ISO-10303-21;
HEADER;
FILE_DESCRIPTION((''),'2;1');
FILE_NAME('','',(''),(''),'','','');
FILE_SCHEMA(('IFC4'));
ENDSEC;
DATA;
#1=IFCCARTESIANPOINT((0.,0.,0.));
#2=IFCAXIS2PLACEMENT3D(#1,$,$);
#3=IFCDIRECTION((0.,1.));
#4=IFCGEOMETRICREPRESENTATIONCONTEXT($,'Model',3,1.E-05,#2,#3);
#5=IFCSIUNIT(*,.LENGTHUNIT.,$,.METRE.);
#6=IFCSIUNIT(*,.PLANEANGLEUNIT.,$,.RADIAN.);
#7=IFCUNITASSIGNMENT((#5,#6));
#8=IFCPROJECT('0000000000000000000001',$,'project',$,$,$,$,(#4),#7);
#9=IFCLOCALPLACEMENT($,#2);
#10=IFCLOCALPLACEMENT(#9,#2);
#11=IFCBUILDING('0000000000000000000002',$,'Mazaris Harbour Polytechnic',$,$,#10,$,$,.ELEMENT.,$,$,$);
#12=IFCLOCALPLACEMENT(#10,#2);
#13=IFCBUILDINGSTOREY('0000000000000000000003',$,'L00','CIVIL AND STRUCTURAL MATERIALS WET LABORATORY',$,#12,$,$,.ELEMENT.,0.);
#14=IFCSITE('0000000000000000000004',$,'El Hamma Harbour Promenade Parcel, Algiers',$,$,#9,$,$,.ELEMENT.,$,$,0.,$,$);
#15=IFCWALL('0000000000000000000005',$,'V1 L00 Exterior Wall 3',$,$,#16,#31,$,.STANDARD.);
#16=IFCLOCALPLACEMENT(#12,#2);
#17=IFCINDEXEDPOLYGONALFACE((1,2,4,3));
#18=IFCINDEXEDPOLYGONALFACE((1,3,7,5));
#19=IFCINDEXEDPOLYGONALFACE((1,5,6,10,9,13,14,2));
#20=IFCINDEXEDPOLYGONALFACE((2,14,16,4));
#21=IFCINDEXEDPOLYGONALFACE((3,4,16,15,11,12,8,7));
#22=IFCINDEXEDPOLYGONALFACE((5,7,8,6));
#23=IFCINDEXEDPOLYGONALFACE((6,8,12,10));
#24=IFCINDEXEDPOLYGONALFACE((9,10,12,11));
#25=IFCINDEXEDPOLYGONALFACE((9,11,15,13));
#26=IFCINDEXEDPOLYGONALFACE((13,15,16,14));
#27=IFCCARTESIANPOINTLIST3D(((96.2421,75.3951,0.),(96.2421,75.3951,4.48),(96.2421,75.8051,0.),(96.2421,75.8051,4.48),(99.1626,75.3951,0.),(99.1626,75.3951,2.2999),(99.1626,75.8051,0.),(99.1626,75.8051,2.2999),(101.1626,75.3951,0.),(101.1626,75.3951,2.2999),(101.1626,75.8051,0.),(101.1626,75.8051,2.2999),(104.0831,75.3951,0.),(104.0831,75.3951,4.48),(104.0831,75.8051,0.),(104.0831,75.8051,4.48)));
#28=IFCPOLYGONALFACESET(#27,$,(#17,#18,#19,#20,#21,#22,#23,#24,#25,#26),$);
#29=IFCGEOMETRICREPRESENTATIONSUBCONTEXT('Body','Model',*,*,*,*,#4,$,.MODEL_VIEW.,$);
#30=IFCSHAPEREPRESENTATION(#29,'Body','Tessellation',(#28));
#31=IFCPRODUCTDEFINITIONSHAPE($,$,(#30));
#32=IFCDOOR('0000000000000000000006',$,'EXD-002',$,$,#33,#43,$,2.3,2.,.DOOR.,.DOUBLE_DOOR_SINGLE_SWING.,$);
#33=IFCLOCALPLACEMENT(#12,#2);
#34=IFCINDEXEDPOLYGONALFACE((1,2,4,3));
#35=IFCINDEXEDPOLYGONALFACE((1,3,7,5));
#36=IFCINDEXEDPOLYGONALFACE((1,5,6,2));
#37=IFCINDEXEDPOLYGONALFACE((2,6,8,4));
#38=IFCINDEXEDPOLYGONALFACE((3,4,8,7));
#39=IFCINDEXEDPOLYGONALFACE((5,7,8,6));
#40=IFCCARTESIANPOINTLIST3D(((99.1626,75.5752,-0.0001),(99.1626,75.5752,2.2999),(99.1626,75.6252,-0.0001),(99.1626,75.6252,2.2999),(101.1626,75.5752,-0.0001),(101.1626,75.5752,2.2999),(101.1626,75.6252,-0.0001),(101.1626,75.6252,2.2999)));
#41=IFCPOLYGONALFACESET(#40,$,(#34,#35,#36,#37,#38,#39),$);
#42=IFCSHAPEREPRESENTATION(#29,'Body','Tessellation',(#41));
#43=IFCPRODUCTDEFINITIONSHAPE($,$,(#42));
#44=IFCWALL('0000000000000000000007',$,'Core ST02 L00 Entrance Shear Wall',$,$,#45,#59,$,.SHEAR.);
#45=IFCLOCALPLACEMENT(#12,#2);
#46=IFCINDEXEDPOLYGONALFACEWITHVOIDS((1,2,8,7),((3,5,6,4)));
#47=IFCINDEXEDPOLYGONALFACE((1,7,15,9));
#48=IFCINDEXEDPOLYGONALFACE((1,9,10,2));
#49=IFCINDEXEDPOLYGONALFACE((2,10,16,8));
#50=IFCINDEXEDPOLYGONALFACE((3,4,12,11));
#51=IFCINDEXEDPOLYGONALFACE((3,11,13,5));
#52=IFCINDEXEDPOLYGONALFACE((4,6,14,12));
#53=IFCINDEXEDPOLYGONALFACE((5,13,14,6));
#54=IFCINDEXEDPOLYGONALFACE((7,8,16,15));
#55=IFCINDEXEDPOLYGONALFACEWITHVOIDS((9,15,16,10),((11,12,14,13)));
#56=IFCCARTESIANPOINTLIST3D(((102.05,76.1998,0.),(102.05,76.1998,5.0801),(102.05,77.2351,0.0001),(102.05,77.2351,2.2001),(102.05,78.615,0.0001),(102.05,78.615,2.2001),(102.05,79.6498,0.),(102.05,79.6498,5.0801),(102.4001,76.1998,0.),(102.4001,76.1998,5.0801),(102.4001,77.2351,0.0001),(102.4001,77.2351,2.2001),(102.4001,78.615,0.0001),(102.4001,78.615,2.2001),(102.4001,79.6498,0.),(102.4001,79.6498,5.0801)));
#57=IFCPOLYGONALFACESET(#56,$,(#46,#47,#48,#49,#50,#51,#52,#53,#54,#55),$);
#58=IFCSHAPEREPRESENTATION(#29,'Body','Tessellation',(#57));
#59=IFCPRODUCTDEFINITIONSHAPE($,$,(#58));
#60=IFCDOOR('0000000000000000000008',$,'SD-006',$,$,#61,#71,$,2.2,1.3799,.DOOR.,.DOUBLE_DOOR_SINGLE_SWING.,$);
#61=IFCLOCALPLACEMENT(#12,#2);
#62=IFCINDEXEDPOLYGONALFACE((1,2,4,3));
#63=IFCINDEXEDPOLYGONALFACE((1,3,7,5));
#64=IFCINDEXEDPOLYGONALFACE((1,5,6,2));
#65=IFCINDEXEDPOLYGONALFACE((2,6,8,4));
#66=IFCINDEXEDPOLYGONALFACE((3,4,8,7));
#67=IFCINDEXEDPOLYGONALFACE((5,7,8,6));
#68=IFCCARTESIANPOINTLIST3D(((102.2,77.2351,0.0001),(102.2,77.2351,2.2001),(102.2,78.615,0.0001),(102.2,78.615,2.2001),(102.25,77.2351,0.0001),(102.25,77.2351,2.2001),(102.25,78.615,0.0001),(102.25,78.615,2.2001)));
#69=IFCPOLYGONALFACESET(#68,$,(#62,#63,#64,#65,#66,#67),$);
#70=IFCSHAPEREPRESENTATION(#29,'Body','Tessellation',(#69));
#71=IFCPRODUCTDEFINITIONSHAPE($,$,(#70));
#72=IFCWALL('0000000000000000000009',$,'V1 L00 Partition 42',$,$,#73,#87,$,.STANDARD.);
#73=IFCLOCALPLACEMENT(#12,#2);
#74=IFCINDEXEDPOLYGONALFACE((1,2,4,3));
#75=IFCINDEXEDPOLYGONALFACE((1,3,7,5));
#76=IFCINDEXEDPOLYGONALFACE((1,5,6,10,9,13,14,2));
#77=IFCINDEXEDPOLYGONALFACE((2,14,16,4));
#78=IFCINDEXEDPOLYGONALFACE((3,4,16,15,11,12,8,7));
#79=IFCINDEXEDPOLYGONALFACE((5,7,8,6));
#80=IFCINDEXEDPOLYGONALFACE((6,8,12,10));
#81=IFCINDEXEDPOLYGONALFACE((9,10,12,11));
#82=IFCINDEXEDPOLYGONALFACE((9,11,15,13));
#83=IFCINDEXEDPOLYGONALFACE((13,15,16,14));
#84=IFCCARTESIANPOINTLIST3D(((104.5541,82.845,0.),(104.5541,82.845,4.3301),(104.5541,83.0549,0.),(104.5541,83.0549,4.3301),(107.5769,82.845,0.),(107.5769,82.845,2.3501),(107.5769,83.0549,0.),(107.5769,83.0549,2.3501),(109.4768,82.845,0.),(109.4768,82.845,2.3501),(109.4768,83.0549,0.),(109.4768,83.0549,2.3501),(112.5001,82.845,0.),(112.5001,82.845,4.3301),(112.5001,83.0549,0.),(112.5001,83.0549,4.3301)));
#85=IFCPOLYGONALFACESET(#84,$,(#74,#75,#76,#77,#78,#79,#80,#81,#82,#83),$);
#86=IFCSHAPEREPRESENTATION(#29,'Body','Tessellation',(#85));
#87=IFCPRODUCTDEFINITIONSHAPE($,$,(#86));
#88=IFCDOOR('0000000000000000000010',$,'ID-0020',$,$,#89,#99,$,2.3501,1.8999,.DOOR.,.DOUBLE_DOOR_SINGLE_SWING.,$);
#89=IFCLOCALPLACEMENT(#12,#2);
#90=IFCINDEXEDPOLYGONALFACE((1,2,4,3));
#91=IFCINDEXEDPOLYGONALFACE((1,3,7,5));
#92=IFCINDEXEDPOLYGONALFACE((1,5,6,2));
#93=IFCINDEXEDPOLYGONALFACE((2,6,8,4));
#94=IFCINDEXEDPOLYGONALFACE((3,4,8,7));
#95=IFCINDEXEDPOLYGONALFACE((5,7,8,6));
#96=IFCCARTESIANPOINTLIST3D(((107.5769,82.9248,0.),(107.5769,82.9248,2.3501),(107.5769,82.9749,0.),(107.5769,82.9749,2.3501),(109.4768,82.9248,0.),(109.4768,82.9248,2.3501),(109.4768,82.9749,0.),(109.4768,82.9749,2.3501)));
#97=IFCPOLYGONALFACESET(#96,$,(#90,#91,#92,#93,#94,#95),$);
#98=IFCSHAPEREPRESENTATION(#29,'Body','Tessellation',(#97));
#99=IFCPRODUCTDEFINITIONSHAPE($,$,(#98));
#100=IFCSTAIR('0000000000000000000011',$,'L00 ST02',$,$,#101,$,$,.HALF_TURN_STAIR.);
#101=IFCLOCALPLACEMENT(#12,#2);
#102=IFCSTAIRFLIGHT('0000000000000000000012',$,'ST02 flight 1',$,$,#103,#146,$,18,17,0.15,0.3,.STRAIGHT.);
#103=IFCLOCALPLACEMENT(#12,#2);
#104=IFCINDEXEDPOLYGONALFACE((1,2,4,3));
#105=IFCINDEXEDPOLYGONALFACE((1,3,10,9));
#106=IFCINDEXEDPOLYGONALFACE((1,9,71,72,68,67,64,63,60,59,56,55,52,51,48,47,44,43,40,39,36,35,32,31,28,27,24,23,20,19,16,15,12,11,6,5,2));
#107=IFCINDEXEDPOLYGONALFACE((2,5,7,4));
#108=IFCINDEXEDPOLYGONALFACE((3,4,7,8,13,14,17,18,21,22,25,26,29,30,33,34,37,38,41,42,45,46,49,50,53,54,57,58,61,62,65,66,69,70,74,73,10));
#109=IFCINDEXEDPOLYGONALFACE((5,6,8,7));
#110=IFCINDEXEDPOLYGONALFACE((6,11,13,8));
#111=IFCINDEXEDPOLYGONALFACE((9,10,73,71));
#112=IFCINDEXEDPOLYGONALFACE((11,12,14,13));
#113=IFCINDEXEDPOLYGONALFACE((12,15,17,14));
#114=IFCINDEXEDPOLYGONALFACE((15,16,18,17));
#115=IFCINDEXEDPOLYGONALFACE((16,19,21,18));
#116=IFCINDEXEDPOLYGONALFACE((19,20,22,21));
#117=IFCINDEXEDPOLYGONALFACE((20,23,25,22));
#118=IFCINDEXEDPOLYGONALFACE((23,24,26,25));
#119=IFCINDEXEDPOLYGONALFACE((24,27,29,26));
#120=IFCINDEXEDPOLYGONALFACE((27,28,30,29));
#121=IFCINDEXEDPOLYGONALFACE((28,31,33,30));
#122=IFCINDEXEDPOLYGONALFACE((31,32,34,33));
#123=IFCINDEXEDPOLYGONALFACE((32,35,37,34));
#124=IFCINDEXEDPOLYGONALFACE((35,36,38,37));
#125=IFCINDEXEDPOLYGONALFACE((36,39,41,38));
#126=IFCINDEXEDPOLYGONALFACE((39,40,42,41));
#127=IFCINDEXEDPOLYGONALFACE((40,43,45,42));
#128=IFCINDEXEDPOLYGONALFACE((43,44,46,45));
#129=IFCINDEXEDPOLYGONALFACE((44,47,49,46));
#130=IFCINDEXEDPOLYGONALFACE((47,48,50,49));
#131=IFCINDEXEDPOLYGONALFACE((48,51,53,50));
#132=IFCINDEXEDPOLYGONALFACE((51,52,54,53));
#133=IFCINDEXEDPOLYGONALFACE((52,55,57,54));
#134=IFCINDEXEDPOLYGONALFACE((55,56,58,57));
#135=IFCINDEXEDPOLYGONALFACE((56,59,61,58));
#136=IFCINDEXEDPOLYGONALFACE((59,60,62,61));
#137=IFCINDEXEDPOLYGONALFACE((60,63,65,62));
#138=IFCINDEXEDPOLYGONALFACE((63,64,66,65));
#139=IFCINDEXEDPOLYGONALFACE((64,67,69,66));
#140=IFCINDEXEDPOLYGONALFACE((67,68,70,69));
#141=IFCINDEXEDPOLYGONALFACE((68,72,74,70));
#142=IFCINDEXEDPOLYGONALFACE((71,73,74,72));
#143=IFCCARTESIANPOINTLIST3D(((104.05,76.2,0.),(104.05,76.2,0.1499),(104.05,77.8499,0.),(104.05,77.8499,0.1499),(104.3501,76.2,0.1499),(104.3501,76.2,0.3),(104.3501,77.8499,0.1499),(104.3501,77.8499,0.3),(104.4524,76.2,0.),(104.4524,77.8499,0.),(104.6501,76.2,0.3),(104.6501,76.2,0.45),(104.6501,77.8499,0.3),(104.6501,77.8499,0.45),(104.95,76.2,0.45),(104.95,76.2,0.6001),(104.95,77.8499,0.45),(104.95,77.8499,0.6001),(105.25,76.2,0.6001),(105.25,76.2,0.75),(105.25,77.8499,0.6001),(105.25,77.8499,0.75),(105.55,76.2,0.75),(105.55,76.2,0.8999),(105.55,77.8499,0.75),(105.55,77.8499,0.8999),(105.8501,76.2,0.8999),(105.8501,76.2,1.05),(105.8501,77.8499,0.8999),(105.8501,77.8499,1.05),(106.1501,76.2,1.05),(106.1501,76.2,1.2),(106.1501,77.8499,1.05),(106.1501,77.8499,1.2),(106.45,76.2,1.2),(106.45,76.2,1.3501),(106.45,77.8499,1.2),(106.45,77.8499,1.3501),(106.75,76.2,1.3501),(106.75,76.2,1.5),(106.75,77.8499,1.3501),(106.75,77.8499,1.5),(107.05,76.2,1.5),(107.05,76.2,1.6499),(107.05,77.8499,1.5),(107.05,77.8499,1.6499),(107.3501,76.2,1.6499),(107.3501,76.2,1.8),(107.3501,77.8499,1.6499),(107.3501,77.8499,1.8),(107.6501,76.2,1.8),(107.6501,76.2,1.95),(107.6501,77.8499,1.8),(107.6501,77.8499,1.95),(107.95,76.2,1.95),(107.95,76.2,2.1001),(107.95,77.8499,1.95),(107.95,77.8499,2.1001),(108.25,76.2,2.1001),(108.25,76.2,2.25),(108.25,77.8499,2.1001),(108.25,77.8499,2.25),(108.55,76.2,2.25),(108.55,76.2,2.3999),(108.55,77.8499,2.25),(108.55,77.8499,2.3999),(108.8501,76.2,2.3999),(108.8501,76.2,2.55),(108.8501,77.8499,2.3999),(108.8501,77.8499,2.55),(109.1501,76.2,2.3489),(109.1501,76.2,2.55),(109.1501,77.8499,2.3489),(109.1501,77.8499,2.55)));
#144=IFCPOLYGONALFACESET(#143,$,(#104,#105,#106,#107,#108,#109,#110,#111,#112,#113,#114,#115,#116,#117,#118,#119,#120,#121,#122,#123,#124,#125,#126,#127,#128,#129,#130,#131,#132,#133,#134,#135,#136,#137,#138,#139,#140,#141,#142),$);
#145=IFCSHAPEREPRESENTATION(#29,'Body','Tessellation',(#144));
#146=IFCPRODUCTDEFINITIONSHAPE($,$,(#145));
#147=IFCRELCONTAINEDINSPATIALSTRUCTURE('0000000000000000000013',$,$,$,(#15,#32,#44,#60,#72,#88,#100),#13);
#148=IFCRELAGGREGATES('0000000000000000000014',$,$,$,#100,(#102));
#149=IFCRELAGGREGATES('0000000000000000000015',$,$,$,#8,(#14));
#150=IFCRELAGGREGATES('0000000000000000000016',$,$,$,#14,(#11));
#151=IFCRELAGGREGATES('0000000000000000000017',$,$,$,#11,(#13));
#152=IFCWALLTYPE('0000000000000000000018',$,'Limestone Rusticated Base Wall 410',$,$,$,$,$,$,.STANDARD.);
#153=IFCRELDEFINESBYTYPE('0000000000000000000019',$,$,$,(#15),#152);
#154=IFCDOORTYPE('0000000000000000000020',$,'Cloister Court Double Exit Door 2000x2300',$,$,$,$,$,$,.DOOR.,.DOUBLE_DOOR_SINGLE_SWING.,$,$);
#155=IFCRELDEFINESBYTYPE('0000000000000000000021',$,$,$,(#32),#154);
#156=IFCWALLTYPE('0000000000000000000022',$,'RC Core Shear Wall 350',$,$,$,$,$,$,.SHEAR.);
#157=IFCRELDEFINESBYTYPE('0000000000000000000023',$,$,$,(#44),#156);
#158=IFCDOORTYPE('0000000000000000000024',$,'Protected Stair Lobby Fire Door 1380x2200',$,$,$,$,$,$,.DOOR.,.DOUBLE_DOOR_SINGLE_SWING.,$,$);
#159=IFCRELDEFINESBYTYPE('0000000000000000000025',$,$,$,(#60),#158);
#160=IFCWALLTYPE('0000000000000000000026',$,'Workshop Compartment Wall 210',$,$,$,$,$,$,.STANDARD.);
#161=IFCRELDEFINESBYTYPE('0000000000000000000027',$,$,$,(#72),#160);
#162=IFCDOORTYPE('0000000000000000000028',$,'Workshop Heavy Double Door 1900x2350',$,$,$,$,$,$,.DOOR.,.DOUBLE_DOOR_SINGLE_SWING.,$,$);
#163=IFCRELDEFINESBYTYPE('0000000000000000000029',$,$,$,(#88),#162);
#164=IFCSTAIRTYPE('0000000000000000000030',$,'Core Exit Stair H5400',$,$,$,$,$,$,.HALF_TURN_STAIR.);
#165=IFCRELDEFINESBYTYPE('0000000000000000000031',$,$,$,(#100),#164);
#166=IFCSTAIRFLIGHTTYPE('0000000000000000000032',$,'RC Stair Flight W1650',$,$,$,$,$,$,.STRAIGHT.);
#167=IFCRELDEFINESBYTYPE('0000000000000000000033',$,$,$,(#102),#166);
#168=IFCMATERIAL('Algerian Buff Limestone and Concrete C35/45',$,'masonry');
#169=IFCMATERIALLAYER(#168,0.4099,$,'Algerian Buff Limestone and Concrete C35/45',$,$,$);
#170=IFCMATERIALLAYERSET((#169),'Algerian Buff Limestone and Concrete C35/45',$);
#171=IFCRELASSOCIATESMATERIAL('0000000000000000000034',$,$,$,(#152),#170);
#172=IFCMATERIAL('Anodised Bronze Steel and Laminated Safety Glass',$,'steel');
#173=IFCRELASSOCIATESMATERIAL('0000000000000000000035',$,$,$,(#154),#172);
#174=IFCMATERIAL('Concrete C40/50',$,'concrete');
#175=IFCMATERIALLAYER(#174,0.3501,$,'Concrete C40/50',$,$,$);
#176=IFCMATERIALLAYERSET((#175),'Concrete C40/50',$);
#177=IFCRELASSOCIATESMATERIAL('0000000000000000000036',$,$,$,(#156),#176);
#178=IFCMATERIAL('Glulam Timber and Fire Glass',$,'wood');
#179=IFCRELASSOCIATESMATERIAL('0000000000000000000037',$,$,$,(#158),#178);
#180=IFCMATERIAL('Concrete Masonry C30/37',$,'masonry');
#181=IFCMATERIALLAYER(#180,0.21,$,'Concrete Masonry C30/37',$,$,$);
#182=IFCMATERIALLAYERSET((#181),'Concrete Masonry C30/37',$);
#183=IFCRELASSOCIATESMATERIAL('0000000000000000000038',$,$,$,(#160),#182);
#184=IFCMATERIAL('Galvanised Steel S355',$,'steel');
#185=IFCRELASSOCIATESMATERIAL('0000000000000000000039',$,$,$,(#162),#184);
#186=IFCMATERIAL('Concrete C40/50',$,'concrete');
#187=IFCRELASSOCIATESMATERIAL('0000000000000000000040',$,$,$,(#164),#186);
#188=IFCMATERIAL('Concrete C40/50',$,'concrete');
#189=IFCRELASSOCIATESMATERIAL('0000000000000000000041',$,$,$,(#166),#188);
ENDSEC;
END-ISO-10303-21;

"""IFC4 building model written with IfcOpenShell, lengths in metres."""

from ifc_helpers import new_model, si_unit, direction, frame, frame_2d, origin, place, context, subcontext, project, spatial, polyline, rectangle, outline, extrude, material, layer, layer_set, type_object, element, fill, aggregate, save


model = new_model("IFC4")

# Units and contexts
model_context = context("Model", 3, precision=1e-05, world=origin(), true_north=direction((0.0, 1.0)))
body_context = subcontext(model_context, "Body", "Model", "MODEL_VIEW")
ifc_project = project(units=[si_unit("LENGTHUNIT", "METRE"), si_unit("PLANEANGLEUNIT", "RADIAN")], contexts=[model_context])

# Site, building, storey
site_placement = place(None, origin())
site = spatial("IfcSite", under=ifc_project, at=site_placement, Name="El Hamma Harbour Promenade Parcel, Algiers", CompositionType="ELEMENT", RefElevation=0.0)
building_placement = place(site_placement, origin())
building = spatial("IfcBuilding", under=site, at=building_placement, Name="Mazaris Harbour Polytechnic", CompositionType="ELEMENT")
storey_placement = place(building_placement, origin())
storey = spatial("IfcBuildingStorey", under=building, at=storey_placement, Name="L00", Description="CIVIL AND STRUCTURAL MATERIALS WET LABORATORY", CompositionType="ELEMENT", Elevation=0.0)

# Walls, openings, doors
ifc_material_1 = material(Name="Algerian Buff Limestone and Concrete C35/45", Category="masonry")
ifc_layer_1 = layer(ifc_material_1, 0.4099, Name="Algerian Buff Limestone and Concrete C35/45")
ifc_layer_set_1 = layer_set([ifc_layer_1], Name="Algerian Buff Limestone and Concrete C35/45")
wall_type_1 = type_object("IfcWallType", Name="Limestone Rusticated Base Wall 410", PredefinedType="STANDARD", material=ifc_layer_set_1)
wall_1_placement = place(storey_placement, frame((104.083, 75.6001, 0.0), z_axis=(0.0, 0.0, 1.0), x_axis=(-1.0, 0.0, 0.0)))
wall_1 = element("IfcWall", 1, at=wall_1_placement, inside=storey, type_object=wall_type_1, Name="V1 L00 Exterior Wall 3", PredefinedType="STANDARD", context=body_context, shape_type="SweptSolid", body=[
    extrude(rectangle(XDim=7.8411, YDim=0.4099, at=frame_2d((3.9204, 0.0))), origin(), (0.0, 0.0, 1.0), 4.48),
])
opening_1_placement = place(wall_1_placement, frame((2.9204, 0.0, 0.0)))
opening_1 = element("IfcOpeningElement", 2, at=opening_1_placement, cuts=wall_1, PredefinedType="OPENING", context=body_context, shape_type="SweptSolid", body=[
    extrude(rectangle(XDim=2.0, YDim=2.3, at=frame_2d((1.0, 1.1499))), frame((0.0, 0.2148, 0.0), z_axis=(0.0, -1.0, 0.0), x_axis=(1.0, 0.0, 0.0)), (0.0, 0.0, 1.0), 0.4299),
])
ifc_material_2 = material(Name="Anodised Bronze Steel and Laminated Safety Glass", Category="steel")
door_type_1 = type_object("IfcDoorType", Name="Cloister Court Double Exit Door 2000x2300", OperationType="DOUBLE_DOOR_SINGLE_SWING", PredefinedType="DOOR", material=ifc_material_2)
door_1_placement = place(opening_1_placement, origin())
door_1 = element("IfcDoor", 3, at=door_1_placement, inside=storey, type_object=door_type_1, Name="EXD-002", OperationType="DOUBLE_DOOR_SINGLE_SWING", OverallHeight=2.3, OverallWidth=2.0, PredefinedType="DOOR", context=body_context, shape_type="SweptSolid", body=[
    extrude(rectangle(XDim=2.0, YDim=2.3, at=frame_2d((1.0, 1.1499))), frame((0.0, 0.0249, 0.0), z_axis=(0.0, -1.0, 0.0), x_axis=(1.0, 0.0, 0.0)), (0.0, 0.0, 1.0), 0.05),
])
fill(opening_1, door_1)
ifc_material_3 = material(Name="Concrete C40/50", Category="concrete")
ifc_layer_2 = layer(ifc_material_3, 0.3501, Name="Concrete C40/50")
ifc_layer_set_2 = layer_set([ifc_layer_2], Name="Concrete C40/50")
wall_type_2 = type_object("IfcWallType", Name="RC Core Shear Wall 350", PredefinedType="SHEAR", material=ifc_layer_set_2)
wall_2_placement = place(storey_placement, frame((102.2251, 79.6499, 0.0), z_axis=(0.0, 0.0, 1.0), x_axis=(0.0, -1.0, 0.0)))
wall_2 = element("IfcWall", 4, at=wall_2_placement, inside=storey, type_object=wall_type_2, Name="Core ST02 L00 Entrance Shear Wall", PredefinedType="SHEAR", context=body_context, shape_type="SweptSolid", body=[
    extrude(rectangle(XDim=3.45, YDim=0.3501, at=frame_2d((1.7251, 0.0))), origin(), (0.0, 0.0, 1.0), 5.0801),
])
opening_2_placement = place(wall_2_placement, frame((1.0349, 0.0, 0.0)))
opening_2 = element("IfcOpeningElement", 5, at=opening_2_placement, cuts=wall_2, PredefinedType="OPENING", context=body_context, shape_type="SweptSolid", body=[
    extrude(rectangle(XDim=1.3799, YDim=2.2, at=frame_2d((0.6899, 1.1001))), frame((0.0, 0.1851, 0.0), z_axis=(0.0, -1.0, 0.0), x_axis=(1.0, 0.0, 0.0)), (0.0, 0.0, 1.0), 0.3701),
])
ifc_material_4 = material(Name="Glulam Timber and Fire Glass", Category="wood")
door_type_2 = type_object("IfcDoorType", Name="Protected Stair Lobby Fire Door 1380x2200", OperationType="DOUBLE_DOOR_SINGLE_SWING", PredefinedType="DOOR", material=ifc_material_4)
door_2_placement = place(opening_2_placement, origin())
door_2 = element("IfcDoor", 6, at=door_2_placement, inside=storey, type_object=door_type_2, Name="SD-006", OperationType="DOUBLE_DOOR_SINGLE_SWING", OverallHeight=2.2, OverallWidth=1.3799, PredefinedType="DOOR", context=body_context, shape_type="SweptSolid", body=[
    extrude(rectangle(XDim=1.3799, YDim=2.2, at=frame_2d((0.6899, 1.1001))), frame((0.0, 0.0249, 0.0), z_axis=(0.0, -1.0, 0.0), x_axis=(1.0, 0.0, 0.0)), (0.0, 0.0, 1.0), 0.05),
])
fill(opening_2, door_2)
ifc_material_5 = material(Name="Concrete Masonry C30/37", Category="masonry")
ifc_layer_3 = layer(ifc_material_5, 0.21, Name="Concrete Masonry C30/37")
ifc_layer_set_3 = layer_set([ifc_layer_3], Name="Concrete Masonry C30/37")
wall_type_3 = type_object("IfcWallType", Name="Workshop Compartment Wall 210", PredefinedType="STANDARD", material=ifc_layer_set_3)
wall_3_placement = place(storey_placement, frame((104.554, 82.95, 0.0), z_axis=(0.0, 0.0, 1.0), x_axis=(1.0, 0.0, 0.0)))
wall_3 = element("IfcWall", 7, at=wall_3_placement, inside=storey, type_object=wall_type_3, Name="V1 L00 Partition 42", PredefinedType="STANDARD", context=body_context, shape_type="SweptSolid", body=[
    extrude(rectangle(XDim=7.946, YDim=0.21, at=frame_2d((3.9731, 0.0))), origin(), (0.0, 0.0, 1.0), 4.3301),
])
opening_3_placement = place(wall_3_placement, frame((3.0229, 0.0, 0.0)))
opening_3 = element("IfcOpeningElement", 8, at=opening_3_placement, cuts=wall_3, PredefinedType="OPENING", context=body_context, shape_type="SweptSolid", body=[
    extrude(rectangle(XDim=1.8999, YDim=2.3501, at=frame_2d((0.95, 1.175))), frame((0.0, 0.115, 0.0), z_axis=(0.0, -1.0, 0.0), x_axis=(1.0, 0.0, 0.0)), (0.0, 0.0, 1.0), 0.23),
])
ifc_material_6 = material(Name="Galvanised Steel S355", Category="steel")
door_type_3 = type_object("IfcDoorType", Name="Workshop Heavy Double Door 1900x2350", OperationType="DOUBLE_DOOR_SINGLE_SWING", PredefinedType="DOOR", material=ifc_material_6)
door_3_placement = place(opening_3_placement, origin())
door_3 = element("IfcDoor", 9, at=door_3_placement, inside=storey, type_object=door_type_3, Name="ID-0020", OperationType="DOUBLE_DOOR_SINGLE_SWING", OverallHeight=2.3501, OverallWidth=1.8999, PredefinedType="DOOR", context=body_context, shape_type="SweptSolid", body=[
    extrude(rectangle(XDim=1.8999, YDim=2.3501, at=frame_2d((0.95, 1.175))), frame((0.0, 0.0249, 0.0), z_axis=(0.0, -1.0, 0.0), x_axis=(1.0, 0.0, 0.0)), (0.0, 0.0, 1.0), 0.05),
])
fill(opening_3, door_3)

# Stair, stair flight
ifc_material_7 = material(Name="Concrete C40/50", Category="concrete")
stair_type = type_object("IfcStairType", Name="Core Exit Stair H5400", PredefinedType="HALF_TURN_STAIR", material=ifc_material_7)
stair_placement = place(storey_placement, origin())
stair = element("IfcStair", 10, at=stair_placement, inside=storey, type_object=stair_type, Name="L00 ST02", PredefinedType="HALF_TURN_STAIR")
ifc_material_8 = material(Name="Concrete C40/50", Category="concrete")
stair_flight_type = type_object("IfcStairFlightType", Name="RC Stair Flight W1650", PredefinedType="STRAIGHT", material=ifc_material_8)
stair_flight_1_placement = place(storey_placement, frame((104.05, 77.0249, 0.0), z_axis=(0.0, 0.0, 1.0), x_axis=(1.0, 0.0, 0.0)))
stair_flight_1 = element("IfcStairFlight", 11, at=stair_flight_1_placement, type_object=stair_flight_type, Name="ST02 flight 1", NumberOfRisers=18, NumberOfTreads=17, PredefinedType="STRAIGHT", RiserHeight=0.15, TreadLength=0.3, context=body_context, shape_type="SweptSolid", body=[
    extrude(outline(polyline([(0.0, 0.0), (0.0, 0.1499), (0.3, 0.1499), (0.3, 0.3), (0.6001, 0.3), (0.6001, 0.45), (0.8999, 0.45), (0.8999, 0.6001), (1.2, 0.6001), (1.2, 0.75), (1.5, 0.75), (1.5, 0.8999), (1.8, 0.8999), (1.8, 1.05), (2.1001, 1.05), (2.1001, 1.2), (2.3999, 1.2), (2.3999, 1.3501), (2.7, 1.3501), (2.7, 1.5), (3.0, 1.5), (3.0, 1.6499), (3.3, 1.6499), (3.3, 1.8), (3.6001, 1.8), (3.6001, 1.95), (3.8999, 1.95), (3.8999, 2.1001), (4.2, 2.1001), (4.2, 2.25), (4.5, 2.25), (4.5, 2.3999), (4.8, 2.3999), (4.8, 2.55), (5.1001, 2.55), (5.1001, 2.7), (5.1001, 2.3489), (0.4023, 0.0), (0.0, 0.0)])), frame((0.0, 0.825, 0.0), z_axis=(0.0, -1.0, 0.0), x_axis=(1.0, 0.0, 0.0)), (0.0, 0.0, 1.0), 1.6499),
])
aggregate(stair, [stair_flight_1])

save(model, "model.ifc")
